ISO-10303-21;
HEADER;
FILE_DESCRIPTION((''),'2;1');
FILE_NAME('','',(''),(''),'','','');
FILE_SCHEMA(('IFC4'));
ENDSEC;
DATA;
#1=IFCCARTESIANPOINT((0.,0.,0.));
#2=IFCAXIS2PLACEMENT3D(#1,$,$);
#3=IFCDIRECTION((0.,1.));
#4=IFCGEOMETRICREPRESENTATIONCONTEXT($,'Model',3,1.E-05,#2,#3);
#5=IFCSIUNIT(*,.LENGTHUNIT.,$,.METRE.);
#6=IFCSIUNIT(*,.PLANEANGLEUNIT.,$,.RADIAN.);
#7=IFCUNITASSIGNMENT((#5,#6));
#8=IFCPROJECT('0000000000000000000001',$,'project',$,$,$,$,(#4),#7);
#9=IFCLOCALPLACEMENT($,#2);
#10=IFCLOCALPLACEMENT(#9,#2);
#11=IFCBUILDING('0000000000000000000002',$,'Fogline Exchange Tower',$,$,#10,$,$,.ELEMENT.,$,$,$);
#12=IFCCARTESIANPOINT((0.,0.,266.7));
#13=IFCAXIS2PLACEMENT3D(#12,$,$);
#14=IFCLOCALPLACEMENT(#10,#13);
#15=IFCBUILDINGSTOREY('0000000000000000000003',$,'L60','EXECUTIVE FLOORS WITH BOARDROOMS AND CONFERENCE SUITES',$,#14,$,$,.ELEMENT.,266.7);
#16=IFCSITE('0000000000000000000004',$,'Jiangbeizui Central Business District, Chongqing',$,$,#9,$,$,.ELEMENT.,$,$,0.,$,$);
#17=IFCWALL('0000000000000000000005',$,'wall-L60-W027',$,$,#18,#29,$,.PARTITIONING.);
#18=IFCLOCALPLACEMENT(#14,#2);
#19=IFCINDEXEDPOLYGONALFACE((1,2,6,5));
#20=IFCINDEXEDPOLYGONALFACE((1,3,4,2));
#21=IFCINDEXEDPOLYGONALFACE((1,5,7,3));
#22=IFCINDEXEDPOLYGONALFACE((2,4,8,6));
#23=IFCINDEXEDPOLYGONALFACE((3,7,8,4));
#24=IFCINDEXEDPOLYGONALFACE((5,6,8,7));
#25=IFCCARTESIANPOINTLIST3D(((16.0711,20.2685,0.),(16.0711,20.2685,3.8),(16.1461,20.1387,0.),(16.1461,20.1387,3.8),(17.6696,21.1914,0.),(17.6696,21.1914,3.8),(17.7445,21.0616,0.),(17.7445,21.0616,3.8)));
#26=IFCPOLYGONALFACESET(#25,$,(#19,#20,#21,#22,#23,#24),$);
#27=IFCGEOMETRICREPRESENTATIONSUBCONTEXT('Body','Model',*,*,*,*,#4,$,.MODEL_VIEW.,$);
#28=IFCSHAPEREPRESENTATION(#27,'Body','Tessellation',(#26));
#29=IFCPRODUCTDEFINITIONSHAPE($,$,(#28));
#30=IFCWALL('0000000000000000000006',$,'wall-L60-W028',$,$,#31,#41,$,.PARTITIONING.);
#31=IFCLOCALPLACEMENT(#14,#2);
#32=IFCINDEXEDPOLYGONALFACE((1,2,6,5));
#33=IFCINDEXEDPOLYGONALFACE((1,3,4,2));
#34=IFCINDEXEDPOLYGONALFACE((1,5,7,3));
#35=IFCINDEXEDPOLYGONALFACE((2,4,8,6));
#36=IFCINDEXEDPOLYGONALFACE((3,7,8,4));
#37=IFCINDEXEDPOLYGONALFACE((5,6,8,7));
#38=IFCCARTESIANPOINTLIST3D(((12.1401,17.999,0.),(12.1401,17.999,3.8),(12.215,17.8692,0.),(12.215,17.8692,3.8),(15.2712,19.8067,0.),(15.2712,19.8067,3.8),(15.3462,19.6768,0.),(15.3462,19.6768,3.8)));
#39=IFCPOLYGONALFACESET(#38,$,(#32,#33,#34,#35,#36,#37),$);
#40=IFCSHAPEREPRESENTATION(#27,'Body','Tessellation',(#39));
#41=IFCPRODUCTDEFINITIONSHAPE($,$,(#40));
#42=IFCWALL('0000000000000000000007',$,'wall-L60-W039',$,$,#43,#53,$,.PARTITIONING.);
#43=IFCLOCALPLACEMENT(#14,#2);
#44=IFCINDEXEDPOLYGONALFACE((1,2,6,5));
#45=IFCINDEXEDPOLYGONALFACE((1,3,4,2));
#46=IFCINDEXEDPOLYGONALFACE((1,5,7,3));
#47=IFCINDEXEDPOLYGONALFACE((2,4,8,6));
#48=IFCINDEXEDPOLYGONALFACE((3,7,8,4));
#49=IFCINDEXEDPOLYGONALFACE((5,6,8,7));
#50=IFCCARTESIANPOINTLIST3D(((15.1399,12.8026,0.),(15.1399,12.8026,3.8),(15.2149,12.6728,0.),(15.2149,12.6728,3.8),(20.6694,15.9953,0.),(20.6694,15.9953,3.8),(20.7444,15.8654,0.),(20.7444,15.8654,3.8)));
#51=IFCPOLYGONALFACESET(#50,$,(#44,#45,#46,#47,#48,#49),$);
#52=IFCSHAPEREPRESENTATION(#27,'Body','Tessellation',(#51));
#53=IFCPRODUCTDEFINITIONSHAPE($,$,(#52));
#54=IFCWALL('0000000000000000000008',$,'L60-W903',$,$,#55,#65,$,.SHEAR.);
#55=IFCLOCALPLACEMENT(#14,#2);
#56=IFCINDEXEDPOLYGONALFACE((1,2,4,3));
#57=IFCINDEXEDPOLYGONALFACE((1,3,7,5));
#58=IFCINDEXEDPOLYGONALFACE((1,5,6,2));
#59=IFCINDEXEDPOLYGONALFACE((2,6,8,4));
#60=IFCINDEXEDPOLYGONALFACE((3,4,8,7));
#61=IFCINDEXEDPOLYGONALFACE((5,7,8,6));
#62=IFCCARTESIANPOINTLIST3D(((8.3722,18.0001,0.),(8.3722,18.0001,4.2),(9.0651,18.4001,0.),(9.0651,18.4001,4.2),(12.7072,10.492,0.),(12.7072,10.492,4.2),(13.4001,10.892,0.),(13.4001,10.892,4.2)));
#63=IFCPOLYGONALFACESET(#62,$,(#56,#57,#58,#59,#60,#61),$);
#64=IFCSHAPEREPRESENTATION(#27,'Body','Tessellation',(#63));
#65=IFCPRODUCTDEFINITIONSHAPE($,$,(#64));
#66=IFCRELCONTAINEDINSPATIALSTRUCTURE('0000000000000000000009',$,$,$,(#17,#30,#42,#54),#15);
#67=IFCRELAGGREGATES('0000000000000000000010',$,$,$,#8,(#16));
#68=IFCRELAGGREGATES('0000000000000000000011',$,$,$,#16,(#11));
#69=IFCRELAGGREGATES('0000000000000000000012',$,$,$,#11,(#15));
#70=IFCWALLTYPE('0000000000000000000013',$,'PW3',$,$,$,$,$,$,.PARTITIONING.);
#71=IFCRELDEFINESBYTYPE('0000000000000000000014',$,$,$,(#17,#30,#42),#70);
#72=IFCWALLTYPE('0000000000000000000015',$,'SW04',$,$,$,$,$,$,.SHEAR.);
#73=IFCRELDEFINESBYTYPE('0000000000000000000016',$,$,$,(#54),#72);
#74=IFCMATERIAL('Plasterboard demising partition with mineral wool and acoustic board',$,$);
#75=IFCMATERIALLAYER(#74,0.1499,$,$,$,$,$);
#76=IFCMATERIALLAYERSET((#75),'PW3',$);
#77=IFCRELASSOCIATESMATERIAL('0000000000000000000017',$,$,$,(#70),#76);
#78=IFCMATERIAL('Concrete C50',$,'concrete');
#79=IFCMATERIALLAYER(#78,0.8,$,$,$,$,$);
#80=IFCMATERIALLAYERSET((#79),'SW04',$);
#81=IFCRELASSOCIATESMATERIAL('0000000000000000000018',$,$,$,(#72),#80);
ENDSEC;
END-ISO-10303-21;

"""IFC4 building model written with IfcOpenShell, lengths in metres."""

from ifc_helpers import new_model, si_unit, direction, frame, frame_2d, origin, place, context, subcontext, project, spatial, rectangle, extrude, material, layer, layer_set, type_object, element, save


model = new_model("IFC4")

# Units and contexts
model_context = context("Model", 3, precision=1e-05, world=origin(), true_north=direction((0.0, 1.0)))
body_context = subcontext(model_context, "Body", "Model", "MODEL_VIEW")
ifc_project = project(units=[si_unit("LENGTHUNIT", "METRE"), si_unit("PLANEANGLEUNIT", "RADIAN")], contexts=[model_context])

# Site, building, storey
site_placement = place(None, origin())
site = spatial("IfcSite", under=ifc_project, at=site_placement, Name="Jiangbeizui Central Business District, Chongqing", CompositionType="ELEMENT", RefElevation=0.0)
building_placement = place(site_placement, origin())
building = spatial("IfcBuilding", under=site, at=building_placement, Name="Fogline Exchange Tower", CompositionType="ELEMENT")
storey_placement = place(building_placement, frame((0.0, 0.0, 266.7)))
storey = spatial("IfcBuildingStorey", under=building, at=storey_placement, Name="L60", Description="EXECUTIVE FLOORS WITH BOARDROOMS AND CONFERENCE SUITES", CompositionType="ELEMENT", Elevation=266.7)

# Walls
ifc_material_1 = material(Name="Plasterboard demising partition with mineral wool and acoustic board")
ifc_layer_1 = layer(ifc_material_1, 0.1499)
ifc_layer_set_1 = layer_set([ifc_layer_1], Name="PW3")
wall_type_1 = type_object("IfcWallType", Name="PW3", PredefinedType="PARTITIONING", material=ifc_layer_set_1)
wall_1_placement = place(storey_placement, frame((17.707, 21.1265, 0.0), z_axis=(0.0, 0.0, 1.0), x_axis=(-0.86602, -0.500009, 0.0)))
element("IfcWall", 1, at=wall_1_placement, inside=storey, type_object=wall_type_1, Name="wall-L60-W027", PredefinedType="PARTITIONING", context=body_context, shape_type="SweptSolid", body=[
    extrude(rectangle(XDim=1.8457, YDim=0.1499, at=frame_2d((0.9229, 0.0))), origin(), (0.0, 0.0, 1.0), 3.8),
])
wall_2_placement = place(storey_placement, frame((15.3086, 19.7417, 0.0), z_axis=(0.0, 0.0, 1.0), x_axis=(-0.866041, -0.499974, 0.0)))
element("IfcWall", 2, at=wall_2_placement, inside=storey, type_object=wall_type_1, Name="wall-L60-W028", PredefinedType="PARTITIONING", context=body_context, shape_type="SweptSolid", body=[
    extrude(rectangle(XDim=3.6155, YDim=0.1499, at=frame_2d((1.8076, 0.0))), origin(), (0.0, 0.0, 1.0), 3.8),
])
wall_3_placement = place(storey_placement, frame((15.1775, 12.7378, 0.0), z_axis=(0.0, 0.0, 1.0), x_axis=(0.866016, 0.500017, 0.0)))
element("IfcWall", 3, at=wall_3_placement, inside=storey, type_object=wall_type_1, Name="wall-L60-W039", PredefinedType="PARTITIONING", context=body_context, shape_type="SweptSolid", body=[
    extrude(rectangle(XDim=6.385, YDim=0.1499, at=frame_2d((3.1924, 0.0))), origin(), (0.0, 0.0, 1.0), 3.8),
])
ifc_material_2 = material(Name="Concrete C50", Category="concrete")
ifc_layer_2 = layer(ifc_material_2, 0.8)
ifc_layer_set_2 = layer_set([ifc_layer_2], Name="SW04")
wall_type_2 = type_object("IfcWallType", Name="SW04", PredefinedType="SHEAR", material=ifc_layer_set_2)
wall_4_placement = place(storey_placement, frame((13.0537, 10.6919, 0.0), z_axis=(0.0, 0.0, 1.0), x_axis=(-0.500016, 0.866016, 0.0)))
element("IfcWall", 4, at=wall_4_placement, inside=storey, type_object=wall_type_2, Name="L60-W903", PredefinedType="SHEAR", context=body_context, shape_type="SweptSolid", body=[
    extrude(rectangle(XDim=8.6697, YDim=0.8, at=frame_2d((4.335, 0.0))), origin(), (0.0, 0.0, 1.0), 4.2),
])

save(model, "model.ifc")
